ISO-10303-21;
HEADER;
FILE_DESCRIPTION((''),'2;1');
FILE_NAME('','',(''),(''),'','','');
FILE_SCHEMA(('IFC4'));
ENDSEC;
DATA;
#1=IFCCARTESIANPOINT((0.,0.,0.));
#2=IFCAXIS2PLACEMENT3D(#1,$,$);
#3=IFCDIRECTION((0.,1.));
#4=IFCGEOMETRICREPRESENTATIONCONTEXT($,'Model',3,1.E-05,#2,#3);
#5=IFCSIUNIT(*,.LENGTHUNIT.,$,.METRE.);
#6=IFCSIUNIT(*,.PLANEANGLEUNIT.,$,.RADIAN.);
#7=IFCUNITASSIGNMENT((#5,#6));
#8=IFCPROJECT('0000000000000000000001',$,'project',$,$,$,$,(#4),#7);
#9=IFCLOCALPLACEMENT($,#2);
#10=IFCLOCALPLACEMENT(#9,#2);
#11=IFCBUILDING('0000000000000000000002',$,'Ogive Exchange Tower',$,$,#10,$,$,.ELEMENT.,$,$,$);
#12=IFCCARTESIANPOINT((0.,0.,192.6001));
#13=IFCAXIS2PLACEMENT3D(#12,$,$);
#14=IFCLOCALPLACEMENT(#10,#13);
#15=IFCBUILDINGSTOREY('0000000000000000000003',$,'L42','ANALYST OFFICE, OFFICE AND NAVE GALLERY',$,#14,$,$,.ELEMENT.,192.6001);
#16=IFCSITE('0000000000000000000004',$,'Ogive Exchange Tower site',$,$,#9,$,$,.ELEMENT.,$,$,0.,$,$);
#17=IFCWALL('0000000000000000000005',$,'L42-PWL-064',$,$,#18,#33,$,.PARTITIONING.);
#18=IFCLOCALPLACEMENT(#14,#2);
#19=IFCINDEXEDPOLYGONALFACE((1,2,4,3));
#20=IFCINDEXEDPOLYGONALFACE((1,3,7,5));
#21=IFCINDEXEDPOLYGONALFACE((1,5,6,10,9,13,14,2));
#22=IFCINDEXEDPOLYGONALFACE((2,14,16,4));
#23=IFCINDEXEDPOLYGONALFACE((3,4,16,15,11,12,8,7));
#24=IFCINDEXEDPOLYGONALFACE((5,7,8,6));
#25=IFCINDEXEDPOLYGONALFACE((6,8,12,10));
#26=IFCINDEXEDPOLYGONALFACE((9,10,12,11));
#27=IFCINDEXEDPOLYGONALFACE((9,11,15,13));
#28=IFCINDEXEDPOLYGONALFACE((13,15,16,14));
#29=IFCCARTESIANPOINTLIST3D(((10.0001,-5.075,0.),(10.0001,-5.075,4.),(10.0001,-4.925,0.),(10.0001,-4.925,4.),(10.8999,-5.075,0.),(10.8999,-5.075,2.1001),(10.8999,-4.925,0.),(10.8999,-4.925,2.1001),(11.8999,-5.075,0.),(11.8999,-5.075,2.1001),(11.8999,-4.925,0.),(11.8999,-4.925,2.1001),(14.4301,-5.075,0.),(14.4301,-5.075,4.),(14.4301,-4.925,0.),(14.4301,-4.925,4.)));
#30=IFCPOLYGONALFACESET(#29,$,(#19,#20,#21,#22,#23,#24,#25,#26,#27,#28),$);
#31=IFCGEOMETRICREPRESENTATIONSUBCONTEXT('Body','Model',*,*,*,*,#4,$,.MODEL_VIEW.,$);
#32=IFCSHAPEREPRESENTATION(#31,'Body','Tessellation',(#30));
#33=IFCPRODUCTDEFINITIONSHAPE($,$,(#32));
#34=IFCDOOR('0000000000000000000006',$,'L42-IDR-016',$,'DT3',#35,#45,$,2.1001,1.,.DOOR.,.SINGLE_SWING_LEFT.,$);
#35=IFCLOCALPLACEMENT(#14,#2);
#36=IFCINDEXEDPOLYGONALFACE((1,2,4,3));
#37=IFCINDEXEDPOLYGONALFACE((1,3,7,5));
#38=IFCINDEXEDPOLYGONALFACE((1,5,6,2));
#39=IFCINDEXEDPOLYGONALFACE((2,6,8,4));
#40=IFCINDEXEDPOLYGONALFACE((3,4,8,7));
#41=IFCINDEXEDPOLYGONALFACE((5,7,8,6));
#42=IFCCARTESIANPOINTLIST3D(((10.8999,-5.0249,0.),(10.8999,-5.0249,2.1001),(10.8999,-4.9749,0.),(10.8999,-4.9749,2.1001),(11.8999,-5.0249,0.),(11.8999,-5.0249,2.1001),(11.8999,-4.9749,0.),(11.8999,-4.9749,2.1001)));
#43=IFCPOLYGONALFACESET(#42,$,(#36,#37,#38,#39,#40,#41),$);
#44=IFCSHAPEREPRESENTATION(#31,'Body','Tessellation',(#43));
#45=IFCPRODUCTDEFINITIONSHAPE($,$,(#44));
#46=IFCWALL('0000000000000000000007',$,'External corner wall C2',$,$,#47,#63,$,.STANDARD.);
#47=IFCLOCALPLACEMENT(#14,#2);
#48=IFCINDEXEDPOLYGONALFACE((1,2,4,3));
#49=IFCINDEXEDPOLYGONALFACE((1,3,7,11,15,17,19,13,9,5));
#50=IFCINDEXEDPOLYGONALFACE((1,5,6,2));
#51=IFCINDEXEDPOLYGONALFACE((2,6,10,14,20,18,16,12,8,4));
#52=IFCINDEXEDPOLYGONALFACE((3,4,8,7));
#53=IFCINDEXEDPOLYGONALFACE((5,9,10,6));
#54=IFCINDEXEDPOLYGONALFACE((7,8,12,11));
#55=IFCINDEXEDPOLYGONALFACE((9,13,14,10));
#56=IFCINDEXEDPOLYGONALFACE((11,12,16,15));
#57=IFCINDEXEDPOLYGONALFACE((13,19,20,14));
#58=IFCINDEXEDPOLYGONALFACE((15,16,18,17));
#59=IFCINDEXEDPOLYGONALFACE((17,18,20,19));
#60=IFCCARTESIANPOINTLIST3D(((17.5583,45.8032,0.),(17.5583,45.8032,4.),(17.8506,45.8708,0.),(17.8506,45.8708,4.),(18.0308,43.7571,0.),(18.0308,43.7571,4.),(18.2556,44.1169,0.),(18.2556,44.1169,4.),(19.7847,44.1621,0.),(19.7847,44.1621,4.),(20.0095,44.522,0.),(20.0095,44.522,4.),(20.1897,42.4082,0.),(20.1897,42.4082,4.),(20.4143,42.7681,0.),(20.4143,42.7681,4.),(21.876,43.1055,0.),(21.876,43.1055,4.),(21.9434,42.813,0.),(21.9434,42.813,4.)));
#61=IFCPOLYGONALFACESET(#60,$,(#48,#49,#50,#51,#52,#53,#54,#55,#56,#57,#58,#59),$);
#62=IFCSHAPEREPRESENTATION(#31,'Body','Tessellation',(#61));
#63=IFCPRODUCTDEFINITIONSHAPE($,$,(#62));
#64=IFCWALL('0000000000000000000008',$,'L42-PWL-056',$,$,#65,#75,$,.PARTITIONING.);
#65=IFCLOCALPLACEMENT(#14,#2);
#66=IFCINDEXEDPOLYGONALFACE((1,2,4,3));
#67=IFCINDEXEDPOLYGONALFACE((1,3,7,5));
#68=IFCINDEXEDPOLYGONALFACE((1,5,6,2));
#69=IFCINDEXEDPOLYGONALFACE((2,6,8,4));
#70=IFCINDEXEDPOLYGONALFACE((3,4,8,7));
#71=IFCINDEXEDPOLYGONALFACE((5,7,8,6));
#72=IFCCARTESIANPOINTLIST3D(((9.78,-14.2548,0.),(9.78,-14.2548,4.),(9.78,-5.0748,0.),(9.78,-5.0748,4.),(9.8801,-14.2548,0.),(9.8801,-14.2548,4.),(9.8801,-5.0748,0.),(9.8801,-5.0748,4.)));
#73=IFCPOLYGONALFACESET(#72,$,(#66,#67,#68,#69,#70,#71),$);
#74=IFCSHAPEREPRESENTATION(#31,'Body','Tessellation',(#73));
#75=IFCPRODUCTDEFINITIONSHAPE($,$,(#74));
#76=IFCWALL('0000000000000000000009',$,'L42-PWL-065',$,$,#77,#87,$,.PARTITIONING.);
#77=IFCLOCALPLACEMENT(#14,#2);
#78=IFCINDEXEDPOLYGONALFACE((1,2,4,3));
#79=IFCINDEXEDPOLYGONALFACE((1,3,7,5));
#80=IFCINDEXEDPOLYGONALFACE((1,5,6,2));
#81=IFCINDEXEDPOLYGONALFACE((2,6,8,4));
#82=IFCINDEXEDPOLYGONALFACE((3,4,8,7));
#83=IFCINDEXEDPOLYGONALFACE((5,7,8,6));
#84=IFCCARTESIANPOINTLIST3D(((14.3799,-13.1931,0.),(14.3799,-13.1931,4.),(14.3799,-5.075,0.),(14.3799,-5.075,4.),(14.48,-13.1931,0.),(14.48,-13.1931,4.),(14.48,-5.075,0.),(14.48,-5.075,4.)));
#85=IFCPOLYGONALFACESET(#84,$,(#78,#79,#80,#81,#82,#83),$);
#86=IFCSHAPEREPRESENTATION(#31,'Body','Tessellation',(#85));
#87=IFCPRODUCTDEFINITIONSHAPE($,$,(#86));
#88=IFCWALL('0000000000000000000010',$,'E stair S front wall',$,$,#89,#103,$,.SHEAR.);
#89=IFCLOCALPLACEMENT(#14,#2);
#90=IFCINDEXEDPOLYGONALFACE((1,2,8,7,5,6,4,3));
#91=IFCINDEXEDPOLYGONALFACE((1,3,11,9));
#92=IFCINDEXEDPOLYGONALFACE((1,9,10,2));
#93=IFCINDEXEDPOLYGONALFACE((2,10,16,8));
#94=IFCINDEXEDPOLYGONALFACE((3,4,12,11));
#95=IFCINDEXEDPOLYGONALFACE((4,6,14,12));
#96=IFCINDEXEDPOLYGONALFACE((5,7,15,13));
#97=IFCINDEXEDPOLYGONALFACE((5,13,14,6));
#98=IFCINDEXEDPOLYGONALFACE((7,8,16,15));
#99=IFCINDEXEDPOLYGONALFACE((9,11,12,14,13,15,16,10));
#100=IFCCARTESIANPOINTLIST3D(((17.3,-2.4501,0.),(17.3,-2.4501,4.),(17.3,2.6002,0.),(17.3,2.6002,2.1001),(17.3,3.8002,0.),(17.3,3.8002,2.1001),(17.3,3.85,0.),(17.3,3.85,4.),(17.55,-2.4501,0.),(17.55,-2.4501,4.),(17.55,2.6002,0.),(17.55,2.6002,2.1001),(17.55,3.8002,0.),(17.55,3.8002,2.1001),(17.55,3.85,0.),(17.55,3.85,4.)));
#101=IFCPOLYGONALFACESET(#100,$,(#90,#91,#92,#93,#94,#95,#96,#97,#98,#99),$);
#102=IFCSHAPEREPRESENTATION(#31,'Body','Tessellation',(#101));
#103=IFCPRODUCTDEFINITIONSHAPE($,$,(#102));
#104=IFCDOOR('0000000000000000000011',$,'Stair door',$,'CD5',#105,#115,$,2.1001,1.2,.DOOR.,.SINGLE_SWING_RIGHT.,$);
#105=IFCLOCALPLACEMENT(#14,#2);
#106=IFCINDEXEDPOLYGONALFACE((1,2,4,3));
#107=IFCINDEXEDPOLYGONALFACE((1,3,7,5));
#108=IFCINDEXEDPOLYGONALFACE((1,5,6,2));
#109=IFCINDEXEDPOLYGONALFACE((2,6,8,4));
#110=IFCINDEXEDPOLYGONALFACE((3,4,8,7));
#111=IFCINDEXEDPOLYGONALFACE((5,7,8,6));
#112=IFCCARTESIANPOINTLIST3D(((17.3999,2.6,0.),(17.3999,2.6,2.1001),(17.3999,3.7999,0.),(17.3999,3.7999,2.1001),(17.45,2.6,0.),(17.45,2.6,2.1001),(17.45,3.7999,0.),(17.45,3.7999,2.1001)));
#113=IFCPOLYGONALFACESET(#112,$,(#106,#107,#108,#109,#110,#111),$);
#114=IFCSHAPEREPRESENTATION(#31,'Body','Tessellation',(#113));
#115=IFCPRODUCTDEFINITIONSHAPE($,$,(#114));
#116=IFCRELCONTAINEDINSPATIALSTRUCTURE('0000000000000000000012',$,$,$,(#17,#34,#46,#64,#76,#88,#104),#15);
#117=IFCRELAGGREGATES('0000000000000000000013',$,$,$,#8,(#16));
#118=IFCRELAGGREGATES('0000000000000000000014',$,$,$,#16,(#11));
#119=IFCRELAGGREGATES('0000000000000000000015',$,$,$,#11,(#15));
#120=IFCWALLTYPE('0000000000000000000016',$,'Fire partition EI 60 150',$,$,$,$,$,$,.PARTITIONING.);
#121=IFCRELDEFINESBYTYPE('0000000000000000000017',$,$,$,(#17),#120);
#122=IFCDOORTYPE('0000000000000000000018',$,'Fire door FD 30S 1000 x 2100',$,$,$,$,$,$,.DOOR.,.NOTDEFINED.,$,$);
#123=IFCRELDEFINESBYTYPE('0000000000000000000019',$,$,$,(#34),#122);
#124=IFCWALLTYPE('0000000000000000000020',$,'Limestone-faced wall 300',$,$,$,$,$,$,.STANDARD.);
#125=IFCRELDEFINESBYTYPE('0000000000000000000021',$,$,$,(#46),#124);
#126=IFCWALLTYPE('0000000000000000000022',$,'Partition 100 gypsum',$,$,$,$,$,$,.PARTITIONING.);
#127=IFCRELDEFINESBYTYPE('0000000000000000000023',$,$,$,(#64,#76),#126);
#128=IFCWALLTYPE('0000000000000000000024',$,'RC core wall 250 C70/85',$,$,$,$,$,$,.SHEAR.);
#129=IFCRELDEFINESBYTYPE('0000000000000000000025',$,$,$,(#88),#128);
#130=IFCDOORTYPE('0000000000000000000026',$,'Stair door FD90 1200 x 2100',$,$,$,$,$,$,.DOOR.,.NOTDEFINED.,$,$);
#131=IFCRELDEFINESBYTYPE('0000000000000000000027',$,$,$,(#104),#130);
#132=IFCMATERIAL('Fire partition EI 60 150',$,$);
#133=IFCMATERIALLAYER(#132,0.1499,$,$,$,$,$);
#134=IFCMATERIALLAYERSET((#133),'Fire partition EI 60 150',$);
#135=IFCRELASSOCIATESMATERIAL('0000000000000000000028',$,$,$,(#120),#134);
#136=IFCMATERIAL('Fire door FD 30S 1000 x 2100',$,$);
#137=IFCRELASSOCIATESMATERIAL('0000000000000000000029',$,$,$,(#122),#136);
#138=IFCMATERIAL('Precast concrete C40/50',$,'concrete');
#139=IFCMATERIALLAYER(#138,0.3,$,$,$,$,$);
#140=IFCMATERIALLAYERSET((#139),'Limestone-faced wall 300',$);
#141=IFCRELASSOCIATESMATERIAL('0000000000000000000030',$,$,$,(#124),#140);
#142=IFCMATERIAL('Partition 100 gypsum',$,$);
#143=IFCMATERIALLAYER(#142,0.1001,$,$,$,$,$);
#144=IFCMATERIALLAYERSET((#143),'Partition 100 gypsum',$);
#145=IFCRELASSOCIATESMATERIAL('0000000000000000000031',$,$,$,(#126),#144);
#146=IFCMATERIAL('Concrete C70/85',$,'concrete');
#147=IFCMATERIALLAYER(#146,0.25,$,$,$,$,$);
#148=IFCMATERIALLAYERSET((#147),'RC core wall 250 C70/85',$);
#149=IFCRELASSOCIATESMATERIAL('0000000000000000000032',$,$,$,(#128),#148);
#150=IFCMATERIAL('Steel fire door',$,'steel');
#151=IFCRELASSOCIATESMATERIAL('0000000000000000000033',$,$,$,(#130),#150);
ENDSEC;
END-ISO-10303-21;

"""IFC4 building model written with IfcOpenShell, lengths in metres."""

from ifc_helpers import new_model, si_unit, direction, frame, frame_2d, origin, place, context, subcontext, project, spatial, polyline, rectangle, outline, extrude, material, layer, layer_set, type_object, element, fill, save


model = new_model("IFC4")

# Units and contexts
model_context = context("Model", 3, precision=1e-05, world=origin(), true_north=direction((0.0, 1.0)))
body_context = subcontext(model_context, "Body", "Model", "MODEL_VIEW")
ifc_project = project(units=[si_unit("LENGTHUNIT", "METRE"), si_unit("PLANEANGLEUNIT", "RADIAN")], contexts=[model_context])

# Site, building, storey
site_placement = place(None, origin())
site = spatial("IfcSite", under=ifc_project, at=site_placement, Name="Ogive Exchange Tower site", CompositionType="ELEMENT", RefElevation=0.0)
building_placement = place(site_placement, origin())
building = spatial("IfcBuilding", under=site, at=building_placement, Name="Ogive Exchange Tower", CompositionType="ELEMENT")
storey_placement = place(building_placement, frame((0.0, 0.0, 192.6001)))
storey = spatial("IfcBuildingStorey", under=building, at=storey_placement, Name="L42", Description="ANALYST OFFICE, OFFICE AND NAVE GALLERY", CompositionType="ELEMENT", Elevation=192.6001)

# Shared definitions
ifc_material_1 = material(Name="Fire partition EI 60 150")
ifc_layer_1 = layer(ifc_material_1, 0.1499)
ifc_layer_set_1 = layer_set([ifc_layer_1], Name="Fire partition EI 60 150")
wall_type_1 = type_object("IfcWallType", Name="Fire partition EI 60 150", PredefinedType="PARTITIONING", material=ifc_layer_set_1)
ifc_material_2 = material(Name="Fire door FD 30S 1000 x 2100")
door_type_1 = type_object("IfcDoorType", Name="Fire door FD 30S 1000 x 2100", OperationType="NOTDEFINED", PredefinedType="DOOR", material=ifc_material_2)

# Wall, opening, door
wall_1_placement = place(storey_placement, frame((14.4299, -5.0, 0.0), z_axis=(0.0, 0.0, 1.0), x_axis=(-1.0, 0.0, 0.0)))
wall_1 = element("IfcWall", 1, at=wall_1_placement, inside=storey, type_object=wall_type_1, Name="L42-PWL-064", PredefinedType="PARTITIONING", context=body_context, shape_type="SweptSolid", body=[
    extrude(rectangle(XDim=4.4299, YDim=0.1499, at=frame_2d((2.2148, 0.0))), origin(), (0.0, 0.0, 1.0), 4.0),
])
opening_1_placement = place(wall_1_placement, frame((2.53, 0.0, 0.0)))
opening_1 = element("IfcOpeningElement", 2, at=opening_1_placement, cuts=wall_1, PredefinedType="OPENING", context=body_context, shape_type="SweptSolid", body=[
    extrude(rectangle(XDim=1.0, YDim=2.1001, at=frame_2d((0.5, 1.05))), frame((0.0, 0.085, 0.0), z_axis=(0.0, -1.0, 0.0), x_axis=(1.0, 0.0, 0.0)), (0.0, 0.0, 1.0), 0.1699),
])
door_1_placement = place(opening_1_placement, origin())
door_1 = element("IfcDoor", 3, at=door_1_placement, inside=storey, type_object=door_type_1, Name="L42-IDR-016", ObjectType="DT3", OperationType="SINGLE_SWING_LEFT", OverallHeight=2.1001, OverallWidth=1.0, PredefinedType="DOOR", context=body_context, shape_type="SweptSolid", body=[
    extrude(rectangle(XDim=1.0, YDim=2.1001, at=frame_2d((0.5, 1.05))), frame((0.0, 0.0249, 0.0), z_axis=(0.0, -1.0, 0.0), x_axis=(1.0, 0.0, 0.0)), (0.0, 0.0, 1.0), 0.05),
])
fill(opening_1, door_1)

# Walls
ifc_material_3 = material(Name="Precast concrete C40/50", Category="concrete")
ifc_layer_2 = layer(ifc_material_3, 0.3)
ifc_layer_set_2 = layer_set([ifc_layer_2], Name="Limestone-faced wall 300")
wall_type_2 = type_object("IfcWallType", Name="Limestone-faced wall 300", PredefinedType="STANDARD", material=ifc_layer_set_2)
wall_2_placement = place(storey_placement, origin())
element("IfcWall", 4, at=wall_2_placement, inside=storey, type_object=wall_type_2, Name="External corner wall C2", PredefinedType="STANDARD", context=body_context, shape_type="SweptSolid", body=[
    extrude(outline(polyline([(19.7847, 44.1621), (18.0308, 43.7571), (17.5583, 45.8032), (17.8506, 45.8708), (18.2556, 44.1169), (20.0095, 44.522), (20.4143, 42.7681), (21.876, 43.1055), (21.9434, 42.813), (20.1897, 42.4082), (19.7847, 44.1621)])), origin(), (0.0, 0.0, 1.0), 4.0),
])
ifc_material_4 = material(Name="Partition 100 gypsum")
ifc_layer_3 = layer(ifc_material_4, 0.1001)
ifc_layer_set_3 = layer_set([ifc_layer_3], Name="Partition 100 gypsum")
wall_type_3 = type_object("IfcWallType", Name="Partition 100 gypsum", PredefinedType="PARTITIONING", material=ifc_layer_set_3)
wall_3_placement = place(storey_placement, frame((9.8301, -5.075, 0.0), z_axis=(0.0, 0.0, 1.0), x_axis=(0.0, -1.0, 0.0)))
element("IfcWall", 5, at=wall_3_placement, inside=storey, type_object=wall_type_3, Name="L42-PWL-056", PredefinedType="PARTITIONING", context=body_context, shape_type="SweptSolid", body=[
    extrude(rectangle(XDim=9.1799, YDim=0.1001, at=frame_2d((4.5898, 0.0))), origin(), (0.0, 0.0, 1.0), 4.0),
])
wall_4_placement = place(storey_placement, frame((14.4299, -5.075, 0.0), z_axis=(0.0, 0.0, 1.0), x_axis=(0.0, -1.0, 0.0)))
element("IfcWall", 6, at=wall_4_placement, inside=storey, type_object=wall_type_3, Name="L42-PWL-065", PredefinedType="PARTITIONING", context=body_context, shape_type="SweptSolid", body=[
    extrude(rectangle(XDim=8.1182, YDim=0.1001, at=frame_2d((4.0591, 0.0))), origin(), (0.0, 0.0, 1.0), 4.0),
])

# Wall, opening, door
ifc_material_5 = material(Name="Concrete C70/85", Category="concrete")
ifc_layer_4 = layer(ifc_material_5, 0.25)
ifc_layer_set_4 = layer_set([ifc_layer_4], Name="RC core wall 250 C70/85")
wall_type_4 = type_object("IfcWallType", Name="RC core wall 250 C70/85", PredefinedType="SHEAR", material=ifc_layer_set_4)
wall_5_placement = place(storey_placement, frame((17.425, -2.45, 0.0), z_axis=(0.0, 0.0, 1.0), x_axis=(0.0, 1.0, 0.0)))
wall_5 = element("IfcWall", 7, at=wall_5_placement, inside=storey, type_object=wall_type_4, Name="E stair S front wall", PredefinedType="SHEAR", context=body_context, shape_type="SweptSolid", body=[
    extrude(rectangle(XDim=6.3, YDim=0.25, at=frame_2d((3.1499, 0.0))), origin(), (0.0, 0.0, 1.0), 4.0),
])
opening_2_placement = place(wall_5_placement, frame((5.05, 0.0, 0.0)))
opening_2 = element("IfcOpeningElement", 8, at=opening_2_placement, cuts=wall_5, PredefinedType="OPENING", context=body_context, shape_type="SweptSolid", body=[
    extrude(rectangle(XDim=1.2, YDim=2.1001, at=frame_2d((0.6001, 1.05))), frame((0.0, 0.135, 0.0), z_axis=(0.0, -1.0, 0.0), x_axis=(1.0, 0.0, 0.0)), (0.0, 0.0, 1.0), 0.27),
])
ifc_material_6 = material(Name="Steel fire door", Category="steel")
door_type_2 = type_object("IfcDoorType", Name="Stair door FD90 1200 x 2100", OperationType="NOTDEFINED", PredefinedType="DOOR", material=ifc_material_6)
door_2_placement = place(opening_2_placement, frame((1.2, 0.0, 0.0), z_axis=(0.0, 0.0, 1.0), x_axis=(-1.0, 0.0, 0.0)))
door_2 = element("IfcDoor", 9, at=door_2_placement, inside=storey, type_object=door_type_2, Name="Stair door", ObjectType="CD5", OperationType="SINGLE_SWING_RIGHT", OverallHeight=2.1001, OverallWidth=1.2, PredefinedType="DOOR", context=body_context, shape_type="SweptSolid", body=[
    extrude(rectangle(XDim=1.2, YDim=2.1001, at=frame_2d((0.6001, 1.05))), frame((0.0, 0.0249, 0.0), z_axis=(0.0, -1.0, 0.0), x_axis=(1.0, 0.0, 0.0)), (0.0, 0.0, 1.0), 0.05),
])
fill(opening_2, door_2)

save(model, "model.ifc")
